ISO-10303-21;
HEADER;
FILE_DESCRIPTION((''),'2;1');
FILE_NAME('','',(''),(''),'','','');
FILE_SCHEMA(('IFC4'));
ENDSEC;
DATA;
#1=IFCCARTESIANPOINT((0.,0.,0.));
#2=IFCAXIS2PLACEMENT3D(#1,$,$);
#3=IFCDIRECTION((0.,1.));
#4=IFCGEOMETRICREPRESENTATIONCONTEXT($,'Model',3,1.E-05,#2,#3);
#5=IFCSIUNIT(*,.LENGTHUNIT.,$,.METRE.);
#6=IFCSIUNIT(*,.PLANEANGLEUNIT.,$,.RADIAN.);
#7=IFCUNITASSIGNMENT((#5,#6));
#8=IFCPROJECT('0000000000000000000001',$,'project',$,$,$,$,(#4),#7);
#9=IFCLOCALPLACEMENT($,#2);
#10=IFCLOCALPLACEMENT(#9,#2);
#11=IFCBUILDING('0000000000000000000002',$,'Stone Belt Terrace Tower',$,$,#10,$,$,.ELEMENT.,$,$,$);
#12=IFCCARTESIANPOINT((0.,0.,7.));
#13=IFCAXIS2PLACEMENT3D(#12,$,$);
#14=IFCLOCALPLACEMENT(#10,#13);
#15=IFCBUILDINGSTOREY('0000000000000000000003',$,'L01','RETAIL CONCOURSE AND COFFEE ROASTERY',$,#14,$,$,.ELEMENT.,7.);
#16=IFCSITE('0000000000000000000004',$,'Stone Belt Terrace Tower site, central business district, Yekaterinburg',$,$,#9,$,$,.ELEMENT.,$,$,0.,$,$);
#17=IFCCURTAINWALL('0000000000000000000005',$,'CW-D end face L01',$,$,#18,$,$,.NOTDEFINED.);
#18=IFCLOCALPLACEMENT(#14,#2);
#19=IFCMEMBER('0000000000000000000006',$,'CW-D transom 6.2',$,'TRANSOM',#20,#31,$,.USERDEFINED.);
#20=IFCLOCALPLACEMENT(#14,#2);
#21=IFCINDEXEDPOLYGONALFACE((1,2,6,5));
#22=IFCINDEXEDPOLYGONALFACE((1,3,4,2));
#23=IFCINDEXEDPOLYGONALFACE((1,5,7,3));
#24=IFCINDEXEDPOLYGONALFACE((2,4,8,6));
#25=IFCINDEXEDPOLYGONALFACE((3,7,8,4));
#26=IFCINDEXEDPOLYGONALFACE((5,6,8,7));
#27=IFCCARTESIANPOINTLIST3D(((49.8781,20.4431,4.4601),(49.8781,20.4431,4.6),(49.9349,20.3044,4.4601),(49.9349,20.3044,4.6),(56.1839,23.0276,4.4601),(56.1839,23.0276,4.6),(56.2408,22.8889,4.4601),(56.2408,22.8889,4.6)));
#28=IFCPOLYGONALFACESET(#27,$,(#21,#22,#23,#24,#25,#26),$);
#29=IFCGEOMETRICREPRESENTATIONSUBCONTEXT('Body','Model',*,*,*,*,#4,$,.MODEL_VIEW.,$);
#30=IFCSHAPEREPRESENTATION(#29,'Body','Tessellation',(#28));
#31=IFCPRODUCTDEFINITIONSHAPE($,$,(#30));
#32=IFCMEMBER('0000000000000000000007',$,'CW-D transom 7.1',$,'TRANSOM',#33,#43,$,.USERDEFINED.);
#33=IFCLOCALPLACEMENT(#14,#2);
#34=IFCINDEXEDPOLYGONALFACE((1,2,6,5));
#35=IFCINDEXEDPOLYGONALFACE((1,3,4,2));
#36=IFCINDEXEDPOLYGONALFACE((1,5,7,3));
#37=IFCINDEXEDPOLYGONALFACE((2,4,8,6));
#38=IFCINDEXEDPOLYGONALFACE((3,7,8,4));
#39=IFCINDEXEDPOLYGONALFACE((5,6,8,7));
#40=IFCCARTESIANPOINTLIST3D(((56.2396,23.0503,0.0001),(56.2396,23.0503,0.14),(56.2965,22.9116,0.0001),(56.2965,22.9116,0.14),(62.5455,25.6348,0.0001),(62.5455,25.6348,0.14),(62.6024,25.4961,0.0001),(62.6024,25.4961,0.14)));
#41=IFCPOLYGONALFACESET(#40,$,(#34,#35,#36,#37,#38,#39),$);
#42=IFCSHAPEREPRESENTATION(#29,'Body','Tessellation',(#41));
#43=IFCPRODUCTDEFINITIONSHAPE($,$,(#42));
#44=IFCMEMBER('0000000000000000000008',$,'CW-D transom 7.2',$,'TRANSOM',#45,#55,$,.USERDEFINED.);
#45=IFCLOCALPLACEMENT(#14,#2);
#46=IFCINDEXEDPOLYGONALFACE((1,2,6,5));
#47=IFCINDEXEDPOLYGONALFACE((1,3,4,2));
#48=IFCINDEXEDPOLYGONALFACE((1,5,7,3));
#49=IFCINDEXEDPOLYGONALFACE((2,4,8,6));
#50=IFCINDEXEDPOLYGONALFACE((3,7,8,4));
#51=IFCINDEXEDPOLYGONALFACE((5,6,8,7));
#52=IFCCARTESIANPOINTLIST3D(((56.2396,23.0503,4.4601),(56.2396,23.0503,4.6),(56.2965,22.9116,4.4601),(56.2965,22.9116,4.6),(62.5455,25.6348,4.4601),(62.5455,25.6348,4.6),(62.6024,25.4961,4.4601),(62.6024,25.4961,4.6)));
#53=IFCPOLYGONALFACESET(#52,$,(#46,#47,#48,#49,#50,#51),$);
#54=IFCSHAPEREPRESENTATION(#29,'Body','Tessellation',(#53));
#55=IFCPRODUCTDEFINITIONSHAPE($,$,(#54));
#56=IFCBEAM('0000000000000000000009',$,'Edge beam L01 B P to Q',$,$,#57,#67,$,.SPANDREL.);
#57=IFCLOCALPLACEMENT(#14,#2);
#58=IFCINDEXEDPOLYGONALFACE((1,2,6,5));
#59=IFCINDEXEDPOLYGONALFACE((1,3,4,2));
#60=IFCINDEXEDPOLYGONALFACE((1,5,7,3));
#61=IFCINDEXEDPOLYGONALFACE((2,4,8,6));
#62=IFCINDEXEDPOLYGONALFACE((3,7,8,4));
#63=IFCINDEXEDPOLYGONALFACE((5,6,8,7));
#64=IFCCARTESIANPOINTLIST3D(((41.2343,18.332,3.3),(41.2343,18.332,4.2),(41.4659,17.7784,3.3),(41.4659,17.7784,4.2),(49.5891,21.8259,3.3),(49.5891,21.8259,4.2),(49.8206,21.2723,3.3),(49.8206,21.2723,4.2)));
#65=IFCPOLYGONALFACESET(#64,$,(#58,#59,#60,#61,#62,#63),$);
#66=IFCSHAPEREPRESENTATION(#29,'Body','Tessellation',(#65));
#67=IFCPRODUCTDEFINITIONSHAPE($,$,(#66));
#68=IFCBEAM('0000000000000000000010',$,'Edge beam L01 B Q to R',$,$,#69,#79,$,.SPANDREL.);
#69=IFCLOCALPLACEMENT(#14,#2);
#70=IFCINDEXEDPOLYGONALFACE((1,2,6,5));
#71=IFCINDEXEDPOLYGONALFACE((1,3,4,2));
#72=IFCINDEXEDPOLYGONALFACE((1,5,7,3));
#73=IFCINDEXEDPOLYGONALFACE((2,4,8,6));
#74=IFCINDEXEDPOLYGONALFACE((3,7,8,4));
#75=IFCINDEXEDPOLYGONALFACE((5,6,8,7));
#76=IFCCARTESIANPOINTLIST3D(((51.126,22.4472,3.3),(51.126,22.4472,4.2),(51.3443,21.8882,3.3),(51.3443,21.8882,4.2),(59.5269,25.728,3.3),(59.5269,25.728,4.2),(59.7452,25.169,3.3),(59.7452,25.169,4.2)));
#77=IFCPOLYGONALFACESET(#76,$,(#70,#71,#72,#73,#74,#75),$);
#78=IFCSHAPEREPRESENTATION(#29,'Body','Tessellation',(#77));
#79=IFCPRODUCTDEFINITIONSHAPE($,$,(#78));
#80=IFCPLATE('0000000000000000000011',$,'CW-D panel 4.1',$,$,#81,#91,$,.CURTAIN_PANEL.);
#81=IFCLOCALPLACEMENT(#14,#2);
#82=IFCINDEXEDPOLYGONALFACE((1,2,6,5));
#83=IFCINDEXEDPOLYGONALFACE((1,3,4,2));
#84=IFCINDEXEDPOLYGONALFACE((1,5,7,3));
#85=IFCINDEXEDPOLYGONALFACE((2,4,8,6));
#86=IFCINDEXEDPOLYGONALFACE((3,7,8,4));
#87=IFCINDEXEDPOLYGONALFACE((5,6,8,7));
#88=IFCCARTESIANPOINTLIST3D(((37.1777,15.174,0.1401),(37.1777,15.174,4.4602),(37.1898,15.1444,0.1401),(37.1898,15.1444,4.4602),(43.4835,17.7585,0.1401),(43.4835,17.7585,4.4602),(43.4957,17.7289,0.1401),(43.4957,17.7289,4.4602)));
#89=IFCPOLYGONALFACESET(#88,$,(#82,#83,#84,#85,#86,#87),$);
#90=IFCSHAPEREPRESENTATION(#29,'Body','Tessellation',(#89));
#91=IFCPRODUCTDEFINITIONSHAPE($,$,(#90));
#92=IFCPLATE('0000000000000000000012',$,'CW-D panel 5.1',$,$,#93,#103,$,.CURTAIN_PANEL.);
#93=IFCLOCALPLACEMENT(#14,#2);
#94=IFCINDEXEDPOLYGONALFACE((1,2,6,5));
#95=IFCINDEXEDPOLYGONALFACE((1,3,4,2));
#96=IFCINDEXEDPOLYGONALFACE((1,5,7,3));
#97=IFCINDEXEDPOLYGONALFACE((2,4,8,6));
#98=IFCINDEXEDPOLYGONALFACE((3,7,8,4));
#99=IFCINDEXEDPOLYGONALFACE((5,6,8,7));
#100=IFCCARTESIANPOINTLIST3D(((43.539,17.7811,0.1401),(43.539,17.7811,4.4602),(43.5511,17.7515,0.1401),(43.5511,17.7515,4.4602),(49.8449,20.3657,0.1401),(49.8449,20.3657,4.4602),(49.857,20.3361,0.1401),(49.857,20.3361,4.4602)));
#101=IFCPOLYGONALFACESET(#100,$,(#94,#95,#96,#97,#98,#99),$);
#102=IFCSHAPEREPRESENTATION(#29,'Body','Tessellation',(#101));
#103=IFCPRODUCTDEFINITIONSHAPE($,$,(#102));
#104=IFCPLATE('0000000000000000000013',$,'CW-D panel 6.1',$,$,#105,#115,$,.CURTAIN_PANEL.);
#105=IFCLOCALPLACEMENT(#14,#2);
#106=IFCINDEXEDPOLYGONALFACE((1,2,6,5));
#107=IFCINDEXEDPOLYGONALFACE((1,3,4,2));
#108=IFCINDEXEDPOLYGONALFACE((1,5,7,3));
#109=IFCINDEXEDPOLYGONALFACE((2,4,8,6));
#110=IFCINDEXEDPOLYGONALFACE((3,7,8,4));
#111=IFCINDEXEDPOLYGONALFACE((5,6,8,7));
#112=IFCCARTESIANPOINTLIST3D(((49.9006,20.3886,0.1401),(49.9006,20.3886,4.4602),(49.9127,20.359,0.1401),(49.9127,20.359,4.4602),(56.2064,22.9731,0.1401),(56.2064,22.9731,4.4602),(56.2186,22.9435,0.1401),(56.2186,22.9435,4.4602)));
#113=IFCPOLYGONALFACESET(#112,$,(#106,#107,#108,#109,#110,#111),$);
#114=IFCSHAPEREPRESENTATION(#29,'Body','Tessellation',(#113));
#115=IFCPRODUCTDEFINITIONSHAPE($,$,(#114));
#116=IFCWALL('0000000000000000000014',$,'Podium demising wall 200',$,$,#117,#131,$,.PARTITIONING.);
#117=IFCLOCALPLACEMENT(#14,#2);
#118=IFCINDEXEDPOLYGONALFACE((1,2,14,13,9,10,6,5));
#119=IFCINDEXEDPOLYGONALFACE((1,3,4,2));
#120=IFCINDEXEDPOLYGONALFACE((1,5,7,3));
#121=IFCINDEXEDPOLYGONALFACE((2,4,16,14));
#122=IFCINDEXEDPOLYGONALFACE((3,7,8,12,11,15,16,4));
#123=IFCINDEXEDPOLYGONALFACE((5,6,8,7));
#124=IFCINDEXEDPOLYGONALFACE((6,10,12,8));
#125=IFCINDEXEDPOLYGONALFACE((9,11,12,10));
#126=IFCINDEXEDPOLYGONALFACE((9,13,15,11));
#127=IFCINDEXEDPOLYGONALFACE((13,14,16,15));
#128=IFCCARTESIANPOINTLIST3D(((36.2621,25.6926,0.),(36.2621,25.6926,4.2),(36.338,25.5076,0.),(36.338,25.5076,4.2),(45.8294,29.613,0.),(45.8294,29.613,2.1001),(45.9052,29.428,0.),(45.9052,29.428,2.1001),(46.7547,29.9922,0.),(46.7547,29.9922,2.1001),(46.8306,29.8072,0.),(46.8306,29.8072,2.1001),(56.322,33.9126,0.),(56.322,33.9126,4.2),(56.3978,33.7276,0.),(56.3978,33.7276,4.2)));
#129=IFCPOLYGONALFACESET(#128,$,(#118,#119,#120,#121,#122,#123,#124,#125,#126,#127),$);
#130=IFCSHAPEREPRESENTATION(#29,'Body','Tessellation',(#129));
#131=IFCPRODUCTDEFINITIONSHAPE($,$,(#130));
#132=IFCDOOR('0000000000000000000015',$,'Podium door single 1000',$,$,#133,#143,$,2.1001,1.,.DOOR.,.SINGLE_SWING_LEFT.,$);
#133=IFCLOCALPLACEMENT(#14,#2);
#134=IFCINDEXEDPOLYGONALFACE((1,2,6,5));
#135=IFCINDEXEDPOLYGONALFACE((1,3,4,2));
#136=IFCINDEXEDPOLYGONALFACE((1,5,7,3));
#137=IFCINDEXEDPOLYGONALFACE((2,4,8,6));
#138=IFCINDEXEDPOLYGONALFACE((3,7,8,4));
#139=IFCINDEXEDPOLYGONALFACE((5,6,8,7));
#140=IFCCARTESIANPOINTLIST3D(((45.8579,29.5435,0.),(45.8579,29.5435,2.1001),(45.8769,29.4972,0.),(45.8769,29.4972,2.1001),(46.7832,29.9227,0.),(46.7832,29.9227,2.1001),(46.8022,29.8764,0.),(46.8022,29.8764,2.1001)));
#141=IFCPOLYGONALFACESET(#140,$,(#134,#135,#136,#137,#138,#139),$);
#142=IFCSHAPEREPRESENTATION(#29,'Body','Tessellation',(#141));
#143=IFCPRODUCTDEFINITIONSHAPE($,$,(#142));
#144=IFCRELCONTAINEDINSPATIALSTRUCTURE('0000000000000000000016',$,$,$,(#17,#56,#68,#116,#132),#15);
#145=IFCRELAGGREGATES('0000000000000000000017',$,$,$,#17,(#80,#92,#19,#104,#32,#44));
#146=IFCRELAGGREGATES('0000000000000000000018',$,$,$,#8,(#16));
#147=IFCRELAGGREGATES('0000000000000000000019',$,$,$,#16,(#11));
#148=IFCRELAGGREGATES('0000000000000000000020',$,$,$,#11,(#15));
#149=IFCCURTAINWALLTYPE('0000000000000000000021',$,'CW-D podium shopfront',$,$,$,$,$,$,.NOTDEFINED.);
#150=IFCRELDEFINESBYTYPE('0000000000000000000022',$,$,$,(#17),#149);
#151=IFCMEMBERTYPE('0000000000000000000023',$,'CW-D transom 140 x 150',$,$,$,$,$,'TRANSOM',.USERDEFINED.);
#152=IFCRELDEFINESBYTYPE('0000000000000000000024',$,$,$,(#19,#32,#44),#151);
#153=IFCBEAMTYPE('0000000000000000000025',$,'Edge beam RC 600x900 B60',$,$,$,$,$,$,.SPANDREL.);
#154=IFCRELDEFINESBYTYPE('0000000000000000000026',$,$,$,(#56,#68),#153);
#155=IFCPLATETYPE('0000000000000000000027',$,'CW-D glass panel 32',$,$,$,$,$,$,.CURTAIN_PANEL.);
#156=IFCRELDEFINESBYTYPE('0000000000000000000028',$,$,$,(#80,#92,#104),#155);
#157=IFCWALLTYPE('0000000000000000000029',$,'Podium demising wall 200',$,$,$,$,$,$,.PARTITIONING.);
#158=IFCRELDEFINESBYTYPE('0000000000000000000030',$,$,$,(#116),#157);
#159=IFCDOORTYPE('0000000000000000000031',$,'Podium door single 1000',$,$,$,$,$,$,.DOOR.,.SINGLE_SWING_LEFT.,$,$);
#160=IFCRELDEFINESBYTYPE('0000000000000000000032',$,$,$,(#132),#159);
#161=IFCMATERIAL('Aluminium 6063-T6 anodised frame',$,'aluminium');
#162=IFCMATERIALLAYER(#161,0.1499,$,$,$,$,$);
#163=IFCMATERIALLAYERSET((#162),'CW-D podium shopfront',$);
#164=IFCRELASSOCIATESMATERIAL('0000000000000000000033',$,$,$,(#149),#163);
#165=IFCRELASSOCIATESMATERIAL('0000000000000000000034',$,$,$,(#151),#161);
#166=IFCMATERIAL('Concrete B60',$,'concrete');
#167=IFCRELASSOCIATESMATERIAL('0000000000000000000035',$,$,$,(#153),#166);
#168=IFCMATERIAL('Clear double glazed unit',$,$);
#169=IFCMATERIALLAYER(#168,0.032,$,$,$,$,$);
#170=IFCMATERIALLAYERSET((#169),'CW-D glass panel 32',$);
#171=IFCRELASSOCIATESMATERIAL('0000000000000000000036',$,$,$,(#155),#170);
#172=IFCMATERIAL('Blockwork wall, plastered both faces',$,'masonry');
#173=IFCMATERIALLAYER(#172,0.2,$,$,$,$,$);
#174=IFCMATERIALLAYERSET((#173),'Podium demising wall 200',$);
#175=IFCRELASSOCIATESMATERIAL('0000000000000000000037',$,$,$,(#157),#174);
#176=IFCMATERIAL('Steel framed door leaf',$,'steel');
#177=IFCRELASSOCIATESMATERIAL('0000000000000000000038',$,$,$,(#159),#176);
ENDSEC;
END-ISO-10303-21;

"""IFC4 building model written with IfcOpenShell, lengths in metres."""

from ifc_helpers import new_model, si_unit, direction, frame, frame_2d, origin, origin_2d, place, context, subcontext, project, spatial, rectangle, extrude, material, layer, layer_set, material_profile, profile_set, type_object, element, fill, aggregate, save


model = new_model("IFC4")

# Units and contexts
model_context = context("Model", 3, precision=1e-05, world=origin(), true_north=direction((0.0, 1.0)))
body_context = subcontext(model_context, "Body", "Model", "MODEL_VIEW")
ifc_project = project(units=[si_unit("LENGTHUNIT", "METRE"), si_unit("PLANEANGLEUNIT", "RADIAN")], contexts=[model_context])

# Site, building, storey
site_placement = place(None, origin())
site = spatial("IfcSite", under=ifc_project, at=site_placement, Name="Stone Belt Terrace Tower site, central business district, Yekaterinburg", CompositionType="ELEMENT", RefElevation=0.0)
building_placement = place(site_placement, origin())
building = spatial("IfcBuilding", under=site, at=building_placement, Name="Stone Belt Terrace Tower", CompositionType="ELEMENT")
storey_placement = place(building_placement, frame((0.0, 0.0, 7.0)))
storey = spatial("IfcBuildingStorey", under=building, at=storey_placement, Name="L01", Description="RETAIL CONCOURSE AND COFFEE ROASTERY", CompositionType="ELEMENT", Elevation=7.0)

# Curtain wall, members
ifc_material_1 = material(Name="Aluminium 6063-T6 anodised frame", Category="aluminium")
ifc_layer_1 = layer(ifc_material_1, 0.1499)
ifc_layer_set_1 = layer_set([ifc_layer_1], Name="CW-D podium shopfront")
curtain_wall_type = type_object("IfcCurtainWallType", Name="CW-D podium shopfront", PredefinedType="NOTDEFINED", material=ifc_layer_set_1)
curtain_wall_placement = place(storey_placement, origin())
curtain_wall = element("IfcCurtainWall", 1, at=curtain_wall_placement, inside=storey, type_object=curtain_wall_type, Name="CW-D end face L01", PredefinedType="NOTDEFINED")
ifc_material_profile_1 = material_profile(ifc_material_1, rectangle(XDim=0.1499, YDim=0.1399, at=origin_2d()), Name="Aluminium 6063-T6 150x140")
ifc_profile_set_1 = profile_set([ifc_material_profile_1], Name="Aluminium 6063-T6 anodised frame")
member_type_1 = type_object("IfcMemberType", Name="CW-D transom 140 x 150", ElementType="TRANSOM", PredefinedType="USERDEFINED", material=ifc_profile_set_1)
member_1_placement = place(storey_placement, frame((49.9065, 20.3738, 4.53), z_axis=(0.925301, 0.379234, 0.0), x_axis=(-0.379234, 0.925301, 0.0)))
member_1 = element("IfcMember", 2, at=member_1_placement, type_object=member_type_1, Name="CW-D transom 6.2", ObjectType="TRANSOM", PredefinedType="USERDEFINED", context=body_context, shape_type="SweptSolid", body=[
    extrude(rectangle(XDim=0.1499, YDim=0.1399, at=origin_2d()), origin(), (0.0, 0.0, 1.0), 6.8149),
])
member_2_placement = place(storey_placement, frame((56.2681, 22.981, 0.0701), z_axis=(0.925301, 0.379234, 0.0), x_axis=(-0.379234, 0.925301, 0.0)))
member_2 = element("IfcMember", 3, at=member_2_placement, type_object=member_type_1, Name="CW-D transom 7.1", ObjectType="TRANSOM", PredefinedType="USERDEFINED", context=body_context, shape_type="SweptSolid", body=[
    extrude(rectangle(XDim=0.1499, YDim=0.1399, at=origin_2d()), origin(), (0.0, 0.0, 1.0), 6.8149),
])
member_3_placement = place(storey_placement, frame((56.2681, 22.981, 4.53), z_axis=(0.925301, 0.379234, 0.0), x_axis=(-0.379234, 0.925301, 0.0)))
member_3 = element("IfcMember", 4, at=member_3_placement, type_object=member_type_1, Name="CW-D transom 7.2", ObjectType="TRANSOM", PredefinedType="USERDEFINED", context=body_context, shape_type="SweptSolid", body=[
    extrude(rectangle(XDim=0.1499, YDim=0.1399, at=origin_2d()), origin(), (0.0, 0.0, 1.0), 6.8149),
])

# Beams
ifc_material_2 = material(Name="Concrete B60", Category="concrete")
ifc_material_profile_2 = material_profile(ifc_material_2, rectangle(XDim=0.6001, YDim=0.8999, at=origin_2d()), Name="RC 600x900")
ifc_profile_set_2 = profile_set([ifc_material_profile_2], Name="Concrete B60")
beam_type = type_object("IfcBeamType", Name="Edge beam RC 600x900 B60", PredefinedType="SPANDREL", material=ifc_profile_set_2)
beam_1_placement = place(storey_placement, frame((41.3501, 18.0552, 3.75), z_axis=(0.922576, 0.385815, 0.0), x_axis=(-0.385815, 0.922576, 0.0)))
element("IfcBeam", 5, at=beam_1_placement, inside=storey, type_object=beam_type, Name="Edge beam L01 B P to Q", PredefinedType="SPANDREL", context=body_context, shape_type="SweptSolid", body=[
    extrude(rectangle(XDim=0.6001, YDim=0.8999, at=origin_2d()), origin(), (0.0, 0.0, 1.0), 9.0559),
])
beam_2_placement = place(storey_placement, frame((51.2351, 22.1677, 3.75), z_axis=(0.931489, 0.363771, 0.0), x_axis=(-0.363771, 0.931489, 0.0)))
element("IfcBeam", 6, at=beam_2_placement, inside=storey, type_object=beam_type, Name="Edge beam L01 B Q to R", PredefinedType="SPANDREL", context=body_context, shape_type="SweptSolid", body=[
    extrude(rectangle(XDim=0.6001, YDim=0.8999, at=origin_2d()), origin(), (0.0, 0.0, 1.0), 9.0188),
])

# Plates
ifc_material_3 = material(Name="Clear double glazed unit")
ifc_layer_2 = layer(ifc_material_3, 0.032)
ifc_layer_set_2 = layer_set([ifc_layer_2], Name="CW-D glass panel 32")
plate_type = type_object("IfcPlateType", Name="CW-D glass panel 32", PredefinedType="CURTAIN_PANEL", material=ifc_layer_set_2)
plate_1_placement = place(storey_placement, frame((40.3367, 16.4514, 0.1401), z_axis=(0.0, 0.0, 1.0), x_axis=(0.925297, 0.379243, 0.0)))
plate_1 = element("IfcPlate", 7, at=plate_1_placement, type_object=plate_type, Name="CW-D panel 4.1", PredefinedType="CURTAIN_PANEL", context=body_context, shape_type="SweptSolid", body=[
    extrude(rectangle(XDim=6.8149, YDim=0.032, at=origin_2d()), origin(), (0.0, 0.0, 1.0), 4.3201),
])
plate_2_placement = place(storey_placement, frame((46.698, 19.0586, 0.1401), z_axis=(0.0, 0.0, 1.0), x_axis=(0.925297, 0.379243, 0.0)))
plate_2 = element("IfcPlate", 8, at=plate_2_placement, type_object=plate_type, Name="CW-D panel 5.1", PredefinedType="CURTAIN_PANEL", context=body_context, shape_type="SweptSolid", body=[
    extrude(rectangle(XDim=6.8149, YDim=0.032, at=origin_2d()), origin(), (0.0, 0.0, 1.0), 4.3201),
])
plate_3_placement = place(storey_placement, frame((53.0596, 21.666, 0.1401), z_axis=(0.0, 0.0, 1.0), x_axis=(0.925297, 0.379243, 0.0)))
plate_3 = element("IfcPlate", 9, at=plate_3_placement, type_object=plate_type, Name="CW-D panel 6.1", PredefinedType="CURTAIN_PANEL", context=body_context, shape_type="SweptSolid", body=[
    extrude(rectangle(XDim=6.8149, YDim=0.032, at=origin_2d()), origin(), (0.0, 0.0, 1.0), 4.3201),
])
aggregate(curtain_wall, [plate_1, plate_2, member_1, plate_3, member_2, member_3])

# Wall, opening, door
ifc_material_4 = material(Name="Blockwork wall, plastered both faces", Category="masonry")
ifc_layer_3 = layer(ifc_material_4, 0.2)
ifc_layer_set_3 = layer_set([ifc_layer_3], Name="Podium demising wall 200")
wall_type = type_object("IfcWallType", Name="Podium demising wall 200", PredefinedType="PARTITIONING", material=ifc_layer_set_3)
wall_placement = place(storey_placement, frame((36.3, 25.6001, 0.0), z_axis=(0.0, 0.0, 1.0), x_axis=(0.925326, 0.379173, 0.0)))
wall = element("IfcWall", 10, at=wall_placement, inside=storey, type_object=wall_type, Name="Podium demising wall 200", PredefinedType="PARTITIONING", context=body_context, shape_type="SweptSolid", body=[
    extrude(rectangle(XDim=21.6787, YDim=0.2, at=frame_2d((10.8394, 0.0))), origin(), (0.0, 0.0, 1.0), 4.2),
])
opening_placement = place(wall_placement, frame((10.3394, 0.0, 0.0)))
opening = element("IfcOpeningElement", 11, at=opening_placement, cuts=wall, PredefinedType="OPENING", context=body_context, shape_type="SweptSolid", body=[
    extrude(rectangle(XDim=1.0, YDim=2.1001, at=frame_2d((0.5, 1.05))), frame((0.0, 0.1099, 0.0), z_axis=(0.0, -1.0, 0.0), x_axis=(1.0, 0.0, 0.0)), (0.0, 0.0, 1.0), 0.22),
])
ifc_material_5 = material(Name="Steel framed door leaf", Category="steel")
door_type = type_object("IfcDoorType", Name="Podium door single 1000", OperationType="SINGLE_SWING_LEFT", PredefinedType="DOOR", material=ifc_material_5)
door_placement = place(opening_placement, origin())
door = element("IfcDoor", 12, at=door_placement, inside=storey, type_object=door_type, Name="Podium door single 1000", OperationType="SINGLE_SWING_LEFT", OverallHeight=2.1001, OverallWidth=1.0, PredefinedType="DOOR", context=body_context, shape_type="SweptSolid", body=[
    extrude(rectangle(XDim=1.0, YDim=2.1001, at=frame_2d((0.5, 1.05))), frame((0.0, 0.0249, 0.0), z_axis=(0.0, -1.0, 0.0), x_axis=(1.0, 0.0, 0.0)), (0.0, 0.0, 1.0), 0.05),
])
fill(opening, door)

save(model, "model.ifc")
